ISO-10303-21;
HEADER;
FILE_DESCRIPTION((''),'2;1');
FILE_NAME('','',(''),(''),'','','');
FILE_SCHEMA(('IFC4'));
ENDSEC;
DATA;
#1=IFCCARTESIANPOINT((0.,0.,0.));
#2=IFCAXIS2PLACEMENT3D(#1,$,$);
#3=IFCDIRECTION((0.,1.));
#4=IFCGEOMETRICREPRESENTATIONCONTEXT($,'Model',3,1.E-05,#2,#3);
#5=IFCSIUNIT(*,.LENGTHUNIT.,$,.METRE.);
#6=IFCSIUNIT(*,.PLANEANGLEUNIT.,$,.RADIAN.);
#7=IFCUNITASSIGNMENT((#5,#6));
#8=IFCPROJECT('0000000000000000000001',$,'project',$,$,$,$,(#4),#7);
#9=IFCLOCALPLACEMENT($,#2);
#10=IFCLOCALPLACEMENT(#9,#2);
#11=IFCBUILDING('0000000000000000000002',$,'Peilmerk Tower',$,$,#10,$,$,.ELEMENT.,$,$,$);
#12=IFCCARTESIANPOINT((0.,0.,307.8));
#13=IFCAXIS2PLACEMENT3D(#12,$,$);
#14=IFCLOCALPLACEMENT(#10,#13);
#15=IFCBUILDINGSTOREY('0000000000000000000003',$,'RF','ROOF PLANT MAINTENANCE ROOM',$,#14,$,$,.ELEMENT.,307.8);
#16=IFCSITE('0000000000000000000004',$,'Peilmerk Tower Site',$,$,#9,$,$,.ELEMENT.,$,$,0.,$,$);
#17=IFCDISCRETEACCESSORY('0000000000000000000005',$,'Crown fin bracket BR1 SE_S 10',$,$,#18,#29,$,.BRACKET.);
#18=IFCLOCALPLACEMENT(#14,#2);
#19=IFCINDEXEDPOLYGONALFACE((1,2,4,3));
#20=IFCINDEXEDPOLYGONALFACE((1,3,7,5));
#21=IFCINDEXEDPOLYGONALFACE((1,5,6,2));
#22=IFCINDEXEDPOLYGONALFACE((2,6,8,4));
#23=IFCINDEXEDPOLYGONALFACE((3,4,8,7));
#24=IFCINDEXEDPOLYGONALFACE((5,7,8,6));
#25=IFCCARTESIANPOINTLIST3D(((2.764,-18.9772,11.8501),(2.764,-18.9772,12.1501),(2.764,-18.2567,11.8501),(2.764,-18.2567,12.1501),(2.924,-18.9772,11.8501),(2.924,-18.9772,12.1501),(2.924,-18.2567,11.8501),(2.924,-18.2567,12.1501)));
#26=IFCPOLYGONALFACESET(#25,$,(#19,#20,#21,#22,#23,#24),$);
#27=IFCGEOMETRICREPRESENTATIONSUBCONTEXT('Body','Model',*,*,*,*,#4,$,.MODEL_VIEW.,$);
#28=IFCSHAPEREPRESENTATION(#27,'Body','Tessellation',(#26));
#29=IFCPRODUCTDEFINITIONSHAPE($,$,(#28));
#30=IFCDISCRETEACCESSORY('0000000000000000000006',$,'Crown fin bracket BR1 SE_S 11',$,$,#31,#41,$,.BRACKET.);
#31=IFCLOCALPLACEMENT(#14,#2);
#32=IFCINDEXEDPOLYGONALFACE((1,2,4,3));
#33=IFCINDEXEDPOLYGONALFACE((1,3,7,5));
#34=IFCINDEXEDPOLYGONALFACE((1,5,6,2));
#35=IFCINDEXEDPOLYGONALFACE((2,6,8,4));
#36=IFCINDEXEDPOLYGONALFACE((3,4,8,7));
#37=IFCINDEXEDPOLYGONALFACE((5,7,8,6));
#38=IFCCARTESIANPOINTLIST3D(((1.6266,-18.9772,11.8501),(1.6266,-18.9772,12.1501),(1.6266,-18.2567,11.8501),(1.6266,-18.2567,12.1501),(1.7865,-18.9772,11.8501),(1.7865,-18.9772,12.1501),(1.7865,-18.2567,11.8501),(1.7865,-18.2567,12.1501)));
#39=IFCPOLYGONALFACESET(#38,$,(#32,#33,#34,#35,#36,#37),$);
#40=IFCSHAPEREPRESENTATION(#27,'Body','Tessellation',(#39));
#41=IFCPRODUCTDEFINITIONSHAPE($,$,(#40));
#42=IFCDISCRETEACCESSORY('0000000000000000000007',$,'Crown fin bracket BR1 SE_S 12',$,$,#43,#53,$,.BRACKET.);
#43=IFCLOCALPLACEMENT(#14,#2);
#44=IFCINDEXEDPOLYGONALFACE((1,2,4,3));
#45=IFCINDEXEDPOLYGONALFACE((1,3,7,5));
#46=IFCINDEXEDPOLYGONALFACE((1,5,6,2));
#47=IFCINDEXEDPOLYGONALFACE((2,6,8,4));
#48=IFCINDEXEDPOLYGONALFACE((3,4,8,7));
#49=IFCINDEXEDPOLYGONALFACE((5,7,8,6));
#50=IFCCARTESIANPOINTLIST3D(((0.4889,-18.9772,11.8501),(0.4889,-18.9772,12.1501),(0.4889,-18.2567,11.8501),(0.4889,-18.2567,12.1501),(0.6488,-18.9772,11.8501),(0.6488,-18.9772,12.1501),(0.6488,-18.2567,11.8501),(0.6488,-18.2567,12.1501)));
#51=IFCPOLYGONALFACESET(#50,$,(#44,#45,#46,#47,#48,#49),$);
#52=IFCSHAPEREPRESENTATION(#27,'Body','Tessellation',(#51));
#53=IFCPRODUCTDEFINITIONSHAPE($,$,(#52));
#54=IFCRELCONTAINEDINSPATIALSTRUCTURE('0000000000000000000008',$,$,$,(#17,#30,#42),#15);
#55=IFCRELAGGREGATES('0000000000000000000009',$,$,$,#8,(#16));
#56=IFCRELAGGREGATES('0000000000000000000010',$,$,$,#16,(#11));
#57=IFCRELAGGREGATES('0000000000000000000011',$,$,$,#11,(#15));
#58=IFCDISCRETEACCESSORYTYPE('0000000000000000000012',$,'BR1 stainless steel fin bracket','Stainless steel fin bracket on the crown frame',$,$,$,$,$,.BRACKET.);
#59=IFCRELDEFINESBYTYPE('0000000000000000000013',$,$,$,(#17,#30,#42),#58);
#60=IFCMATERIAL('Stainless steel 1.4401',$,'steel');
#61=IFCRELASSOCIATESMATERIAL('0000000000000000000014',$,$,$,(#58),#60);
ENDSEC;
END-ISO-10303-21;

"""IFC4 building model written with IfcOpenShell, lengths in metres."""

from ifc_helpers import new_model, si_unit, direction, frame, origin, origin_2d, place, context, subcontext, project, spatial, rectangle, extrude, source, transform, mapped, material, type_object, element, save


model = new_model("IFC4")

# Units and contexts
model_context = context("Model", 3, precision=1e-05, world=origin(), true_north=direction((0.0, 1.0)))
body_context = subcontext(model_context, "Body", "Model", "MODEL_VIEW")
ifc_project = project(units=[si_unit("LENGTHUNIT", "METRE"), si_unit("PLANEANGLEUNIT", "RADIAN")], contexts=[model_context])

# Site, building, storey
site_placement = place(None, origin())
site = spatial("IfcSite", under=ifc_project, at=site_placement, Name="Peilmerk Tower Site", CompositionType="ELEMENT", RefElevation=0.0)
building_placement = place(site_placement, origin())
building = spatial("IfcBuilding", under=site, at=building_placement, Name="Peilmerk Tower", CompositionType="ELEMENT")
storey_placement = place(building_placement, frame((0.0, 0.0, 307.8)))
storey = spatial("IfcBuildingStorey", under=building, at=storey_placement, Name="RF", Description="ROOF PLANT MAINTENANCE ROOM", CompositionType="ELEMENT", Elevation=307.8)

# Discrete accessories
ifc_material_1 = material(Name="Stainless steel 1.4401", Category="steel")
discrete_accessory_type = type_object("IfcDiscreteAccessoryType", Name="BR1 stainless steel fin bracket", Description="Stainless steel fin bracket on the crown frame", PredefinedType="BRACKET", material=ifc_material_1)
shared_shape = source(origin(), body_context, "Body", "SweptSolid", [
    extrude(rectangle(XDim=0.7205, YDim=0.1599, at=origin_2d()), origin(), (0.0, 0.0, 1.0), 0.3),
])
for number, where, z_axis, x_axis, name in (
    (1, (2.844, -18.6169, 11.8501), (0.0, 0.0, 1.0), (0.0, -1.0, 0.0), "Crown fin bracket BR1 SE_S 10"),
    (2, (1.7065, -18.6169, 11.8501), (0.0, 0.0, 1.0), (0.0, -1.0, 0.0), "Crown fin bracket BR1 SE_S 11"),
    (3, (0.5688, -18.6169, 11.8501), (0.0, 0.0, 1.0), (0.0, -1.0, 0.0), "Crown fin bracket BR1 SE_S 12"),
):
    element("IfcDiscreteAccessory", number, at=place(storey_placement, frame(where, z_axis=z_axis, x_axis=x_axis)), inside=storey, type_object=discrete_accessory_type, Name=name, PredefinedType="BRACKET", context=body_context, shape_type="MappedRepresentation", body=[
        mapped(shared_shape, transform((0.0, 0.0, 0.0), scale=1.0)),
    ])

save(model, "model.ifc")
